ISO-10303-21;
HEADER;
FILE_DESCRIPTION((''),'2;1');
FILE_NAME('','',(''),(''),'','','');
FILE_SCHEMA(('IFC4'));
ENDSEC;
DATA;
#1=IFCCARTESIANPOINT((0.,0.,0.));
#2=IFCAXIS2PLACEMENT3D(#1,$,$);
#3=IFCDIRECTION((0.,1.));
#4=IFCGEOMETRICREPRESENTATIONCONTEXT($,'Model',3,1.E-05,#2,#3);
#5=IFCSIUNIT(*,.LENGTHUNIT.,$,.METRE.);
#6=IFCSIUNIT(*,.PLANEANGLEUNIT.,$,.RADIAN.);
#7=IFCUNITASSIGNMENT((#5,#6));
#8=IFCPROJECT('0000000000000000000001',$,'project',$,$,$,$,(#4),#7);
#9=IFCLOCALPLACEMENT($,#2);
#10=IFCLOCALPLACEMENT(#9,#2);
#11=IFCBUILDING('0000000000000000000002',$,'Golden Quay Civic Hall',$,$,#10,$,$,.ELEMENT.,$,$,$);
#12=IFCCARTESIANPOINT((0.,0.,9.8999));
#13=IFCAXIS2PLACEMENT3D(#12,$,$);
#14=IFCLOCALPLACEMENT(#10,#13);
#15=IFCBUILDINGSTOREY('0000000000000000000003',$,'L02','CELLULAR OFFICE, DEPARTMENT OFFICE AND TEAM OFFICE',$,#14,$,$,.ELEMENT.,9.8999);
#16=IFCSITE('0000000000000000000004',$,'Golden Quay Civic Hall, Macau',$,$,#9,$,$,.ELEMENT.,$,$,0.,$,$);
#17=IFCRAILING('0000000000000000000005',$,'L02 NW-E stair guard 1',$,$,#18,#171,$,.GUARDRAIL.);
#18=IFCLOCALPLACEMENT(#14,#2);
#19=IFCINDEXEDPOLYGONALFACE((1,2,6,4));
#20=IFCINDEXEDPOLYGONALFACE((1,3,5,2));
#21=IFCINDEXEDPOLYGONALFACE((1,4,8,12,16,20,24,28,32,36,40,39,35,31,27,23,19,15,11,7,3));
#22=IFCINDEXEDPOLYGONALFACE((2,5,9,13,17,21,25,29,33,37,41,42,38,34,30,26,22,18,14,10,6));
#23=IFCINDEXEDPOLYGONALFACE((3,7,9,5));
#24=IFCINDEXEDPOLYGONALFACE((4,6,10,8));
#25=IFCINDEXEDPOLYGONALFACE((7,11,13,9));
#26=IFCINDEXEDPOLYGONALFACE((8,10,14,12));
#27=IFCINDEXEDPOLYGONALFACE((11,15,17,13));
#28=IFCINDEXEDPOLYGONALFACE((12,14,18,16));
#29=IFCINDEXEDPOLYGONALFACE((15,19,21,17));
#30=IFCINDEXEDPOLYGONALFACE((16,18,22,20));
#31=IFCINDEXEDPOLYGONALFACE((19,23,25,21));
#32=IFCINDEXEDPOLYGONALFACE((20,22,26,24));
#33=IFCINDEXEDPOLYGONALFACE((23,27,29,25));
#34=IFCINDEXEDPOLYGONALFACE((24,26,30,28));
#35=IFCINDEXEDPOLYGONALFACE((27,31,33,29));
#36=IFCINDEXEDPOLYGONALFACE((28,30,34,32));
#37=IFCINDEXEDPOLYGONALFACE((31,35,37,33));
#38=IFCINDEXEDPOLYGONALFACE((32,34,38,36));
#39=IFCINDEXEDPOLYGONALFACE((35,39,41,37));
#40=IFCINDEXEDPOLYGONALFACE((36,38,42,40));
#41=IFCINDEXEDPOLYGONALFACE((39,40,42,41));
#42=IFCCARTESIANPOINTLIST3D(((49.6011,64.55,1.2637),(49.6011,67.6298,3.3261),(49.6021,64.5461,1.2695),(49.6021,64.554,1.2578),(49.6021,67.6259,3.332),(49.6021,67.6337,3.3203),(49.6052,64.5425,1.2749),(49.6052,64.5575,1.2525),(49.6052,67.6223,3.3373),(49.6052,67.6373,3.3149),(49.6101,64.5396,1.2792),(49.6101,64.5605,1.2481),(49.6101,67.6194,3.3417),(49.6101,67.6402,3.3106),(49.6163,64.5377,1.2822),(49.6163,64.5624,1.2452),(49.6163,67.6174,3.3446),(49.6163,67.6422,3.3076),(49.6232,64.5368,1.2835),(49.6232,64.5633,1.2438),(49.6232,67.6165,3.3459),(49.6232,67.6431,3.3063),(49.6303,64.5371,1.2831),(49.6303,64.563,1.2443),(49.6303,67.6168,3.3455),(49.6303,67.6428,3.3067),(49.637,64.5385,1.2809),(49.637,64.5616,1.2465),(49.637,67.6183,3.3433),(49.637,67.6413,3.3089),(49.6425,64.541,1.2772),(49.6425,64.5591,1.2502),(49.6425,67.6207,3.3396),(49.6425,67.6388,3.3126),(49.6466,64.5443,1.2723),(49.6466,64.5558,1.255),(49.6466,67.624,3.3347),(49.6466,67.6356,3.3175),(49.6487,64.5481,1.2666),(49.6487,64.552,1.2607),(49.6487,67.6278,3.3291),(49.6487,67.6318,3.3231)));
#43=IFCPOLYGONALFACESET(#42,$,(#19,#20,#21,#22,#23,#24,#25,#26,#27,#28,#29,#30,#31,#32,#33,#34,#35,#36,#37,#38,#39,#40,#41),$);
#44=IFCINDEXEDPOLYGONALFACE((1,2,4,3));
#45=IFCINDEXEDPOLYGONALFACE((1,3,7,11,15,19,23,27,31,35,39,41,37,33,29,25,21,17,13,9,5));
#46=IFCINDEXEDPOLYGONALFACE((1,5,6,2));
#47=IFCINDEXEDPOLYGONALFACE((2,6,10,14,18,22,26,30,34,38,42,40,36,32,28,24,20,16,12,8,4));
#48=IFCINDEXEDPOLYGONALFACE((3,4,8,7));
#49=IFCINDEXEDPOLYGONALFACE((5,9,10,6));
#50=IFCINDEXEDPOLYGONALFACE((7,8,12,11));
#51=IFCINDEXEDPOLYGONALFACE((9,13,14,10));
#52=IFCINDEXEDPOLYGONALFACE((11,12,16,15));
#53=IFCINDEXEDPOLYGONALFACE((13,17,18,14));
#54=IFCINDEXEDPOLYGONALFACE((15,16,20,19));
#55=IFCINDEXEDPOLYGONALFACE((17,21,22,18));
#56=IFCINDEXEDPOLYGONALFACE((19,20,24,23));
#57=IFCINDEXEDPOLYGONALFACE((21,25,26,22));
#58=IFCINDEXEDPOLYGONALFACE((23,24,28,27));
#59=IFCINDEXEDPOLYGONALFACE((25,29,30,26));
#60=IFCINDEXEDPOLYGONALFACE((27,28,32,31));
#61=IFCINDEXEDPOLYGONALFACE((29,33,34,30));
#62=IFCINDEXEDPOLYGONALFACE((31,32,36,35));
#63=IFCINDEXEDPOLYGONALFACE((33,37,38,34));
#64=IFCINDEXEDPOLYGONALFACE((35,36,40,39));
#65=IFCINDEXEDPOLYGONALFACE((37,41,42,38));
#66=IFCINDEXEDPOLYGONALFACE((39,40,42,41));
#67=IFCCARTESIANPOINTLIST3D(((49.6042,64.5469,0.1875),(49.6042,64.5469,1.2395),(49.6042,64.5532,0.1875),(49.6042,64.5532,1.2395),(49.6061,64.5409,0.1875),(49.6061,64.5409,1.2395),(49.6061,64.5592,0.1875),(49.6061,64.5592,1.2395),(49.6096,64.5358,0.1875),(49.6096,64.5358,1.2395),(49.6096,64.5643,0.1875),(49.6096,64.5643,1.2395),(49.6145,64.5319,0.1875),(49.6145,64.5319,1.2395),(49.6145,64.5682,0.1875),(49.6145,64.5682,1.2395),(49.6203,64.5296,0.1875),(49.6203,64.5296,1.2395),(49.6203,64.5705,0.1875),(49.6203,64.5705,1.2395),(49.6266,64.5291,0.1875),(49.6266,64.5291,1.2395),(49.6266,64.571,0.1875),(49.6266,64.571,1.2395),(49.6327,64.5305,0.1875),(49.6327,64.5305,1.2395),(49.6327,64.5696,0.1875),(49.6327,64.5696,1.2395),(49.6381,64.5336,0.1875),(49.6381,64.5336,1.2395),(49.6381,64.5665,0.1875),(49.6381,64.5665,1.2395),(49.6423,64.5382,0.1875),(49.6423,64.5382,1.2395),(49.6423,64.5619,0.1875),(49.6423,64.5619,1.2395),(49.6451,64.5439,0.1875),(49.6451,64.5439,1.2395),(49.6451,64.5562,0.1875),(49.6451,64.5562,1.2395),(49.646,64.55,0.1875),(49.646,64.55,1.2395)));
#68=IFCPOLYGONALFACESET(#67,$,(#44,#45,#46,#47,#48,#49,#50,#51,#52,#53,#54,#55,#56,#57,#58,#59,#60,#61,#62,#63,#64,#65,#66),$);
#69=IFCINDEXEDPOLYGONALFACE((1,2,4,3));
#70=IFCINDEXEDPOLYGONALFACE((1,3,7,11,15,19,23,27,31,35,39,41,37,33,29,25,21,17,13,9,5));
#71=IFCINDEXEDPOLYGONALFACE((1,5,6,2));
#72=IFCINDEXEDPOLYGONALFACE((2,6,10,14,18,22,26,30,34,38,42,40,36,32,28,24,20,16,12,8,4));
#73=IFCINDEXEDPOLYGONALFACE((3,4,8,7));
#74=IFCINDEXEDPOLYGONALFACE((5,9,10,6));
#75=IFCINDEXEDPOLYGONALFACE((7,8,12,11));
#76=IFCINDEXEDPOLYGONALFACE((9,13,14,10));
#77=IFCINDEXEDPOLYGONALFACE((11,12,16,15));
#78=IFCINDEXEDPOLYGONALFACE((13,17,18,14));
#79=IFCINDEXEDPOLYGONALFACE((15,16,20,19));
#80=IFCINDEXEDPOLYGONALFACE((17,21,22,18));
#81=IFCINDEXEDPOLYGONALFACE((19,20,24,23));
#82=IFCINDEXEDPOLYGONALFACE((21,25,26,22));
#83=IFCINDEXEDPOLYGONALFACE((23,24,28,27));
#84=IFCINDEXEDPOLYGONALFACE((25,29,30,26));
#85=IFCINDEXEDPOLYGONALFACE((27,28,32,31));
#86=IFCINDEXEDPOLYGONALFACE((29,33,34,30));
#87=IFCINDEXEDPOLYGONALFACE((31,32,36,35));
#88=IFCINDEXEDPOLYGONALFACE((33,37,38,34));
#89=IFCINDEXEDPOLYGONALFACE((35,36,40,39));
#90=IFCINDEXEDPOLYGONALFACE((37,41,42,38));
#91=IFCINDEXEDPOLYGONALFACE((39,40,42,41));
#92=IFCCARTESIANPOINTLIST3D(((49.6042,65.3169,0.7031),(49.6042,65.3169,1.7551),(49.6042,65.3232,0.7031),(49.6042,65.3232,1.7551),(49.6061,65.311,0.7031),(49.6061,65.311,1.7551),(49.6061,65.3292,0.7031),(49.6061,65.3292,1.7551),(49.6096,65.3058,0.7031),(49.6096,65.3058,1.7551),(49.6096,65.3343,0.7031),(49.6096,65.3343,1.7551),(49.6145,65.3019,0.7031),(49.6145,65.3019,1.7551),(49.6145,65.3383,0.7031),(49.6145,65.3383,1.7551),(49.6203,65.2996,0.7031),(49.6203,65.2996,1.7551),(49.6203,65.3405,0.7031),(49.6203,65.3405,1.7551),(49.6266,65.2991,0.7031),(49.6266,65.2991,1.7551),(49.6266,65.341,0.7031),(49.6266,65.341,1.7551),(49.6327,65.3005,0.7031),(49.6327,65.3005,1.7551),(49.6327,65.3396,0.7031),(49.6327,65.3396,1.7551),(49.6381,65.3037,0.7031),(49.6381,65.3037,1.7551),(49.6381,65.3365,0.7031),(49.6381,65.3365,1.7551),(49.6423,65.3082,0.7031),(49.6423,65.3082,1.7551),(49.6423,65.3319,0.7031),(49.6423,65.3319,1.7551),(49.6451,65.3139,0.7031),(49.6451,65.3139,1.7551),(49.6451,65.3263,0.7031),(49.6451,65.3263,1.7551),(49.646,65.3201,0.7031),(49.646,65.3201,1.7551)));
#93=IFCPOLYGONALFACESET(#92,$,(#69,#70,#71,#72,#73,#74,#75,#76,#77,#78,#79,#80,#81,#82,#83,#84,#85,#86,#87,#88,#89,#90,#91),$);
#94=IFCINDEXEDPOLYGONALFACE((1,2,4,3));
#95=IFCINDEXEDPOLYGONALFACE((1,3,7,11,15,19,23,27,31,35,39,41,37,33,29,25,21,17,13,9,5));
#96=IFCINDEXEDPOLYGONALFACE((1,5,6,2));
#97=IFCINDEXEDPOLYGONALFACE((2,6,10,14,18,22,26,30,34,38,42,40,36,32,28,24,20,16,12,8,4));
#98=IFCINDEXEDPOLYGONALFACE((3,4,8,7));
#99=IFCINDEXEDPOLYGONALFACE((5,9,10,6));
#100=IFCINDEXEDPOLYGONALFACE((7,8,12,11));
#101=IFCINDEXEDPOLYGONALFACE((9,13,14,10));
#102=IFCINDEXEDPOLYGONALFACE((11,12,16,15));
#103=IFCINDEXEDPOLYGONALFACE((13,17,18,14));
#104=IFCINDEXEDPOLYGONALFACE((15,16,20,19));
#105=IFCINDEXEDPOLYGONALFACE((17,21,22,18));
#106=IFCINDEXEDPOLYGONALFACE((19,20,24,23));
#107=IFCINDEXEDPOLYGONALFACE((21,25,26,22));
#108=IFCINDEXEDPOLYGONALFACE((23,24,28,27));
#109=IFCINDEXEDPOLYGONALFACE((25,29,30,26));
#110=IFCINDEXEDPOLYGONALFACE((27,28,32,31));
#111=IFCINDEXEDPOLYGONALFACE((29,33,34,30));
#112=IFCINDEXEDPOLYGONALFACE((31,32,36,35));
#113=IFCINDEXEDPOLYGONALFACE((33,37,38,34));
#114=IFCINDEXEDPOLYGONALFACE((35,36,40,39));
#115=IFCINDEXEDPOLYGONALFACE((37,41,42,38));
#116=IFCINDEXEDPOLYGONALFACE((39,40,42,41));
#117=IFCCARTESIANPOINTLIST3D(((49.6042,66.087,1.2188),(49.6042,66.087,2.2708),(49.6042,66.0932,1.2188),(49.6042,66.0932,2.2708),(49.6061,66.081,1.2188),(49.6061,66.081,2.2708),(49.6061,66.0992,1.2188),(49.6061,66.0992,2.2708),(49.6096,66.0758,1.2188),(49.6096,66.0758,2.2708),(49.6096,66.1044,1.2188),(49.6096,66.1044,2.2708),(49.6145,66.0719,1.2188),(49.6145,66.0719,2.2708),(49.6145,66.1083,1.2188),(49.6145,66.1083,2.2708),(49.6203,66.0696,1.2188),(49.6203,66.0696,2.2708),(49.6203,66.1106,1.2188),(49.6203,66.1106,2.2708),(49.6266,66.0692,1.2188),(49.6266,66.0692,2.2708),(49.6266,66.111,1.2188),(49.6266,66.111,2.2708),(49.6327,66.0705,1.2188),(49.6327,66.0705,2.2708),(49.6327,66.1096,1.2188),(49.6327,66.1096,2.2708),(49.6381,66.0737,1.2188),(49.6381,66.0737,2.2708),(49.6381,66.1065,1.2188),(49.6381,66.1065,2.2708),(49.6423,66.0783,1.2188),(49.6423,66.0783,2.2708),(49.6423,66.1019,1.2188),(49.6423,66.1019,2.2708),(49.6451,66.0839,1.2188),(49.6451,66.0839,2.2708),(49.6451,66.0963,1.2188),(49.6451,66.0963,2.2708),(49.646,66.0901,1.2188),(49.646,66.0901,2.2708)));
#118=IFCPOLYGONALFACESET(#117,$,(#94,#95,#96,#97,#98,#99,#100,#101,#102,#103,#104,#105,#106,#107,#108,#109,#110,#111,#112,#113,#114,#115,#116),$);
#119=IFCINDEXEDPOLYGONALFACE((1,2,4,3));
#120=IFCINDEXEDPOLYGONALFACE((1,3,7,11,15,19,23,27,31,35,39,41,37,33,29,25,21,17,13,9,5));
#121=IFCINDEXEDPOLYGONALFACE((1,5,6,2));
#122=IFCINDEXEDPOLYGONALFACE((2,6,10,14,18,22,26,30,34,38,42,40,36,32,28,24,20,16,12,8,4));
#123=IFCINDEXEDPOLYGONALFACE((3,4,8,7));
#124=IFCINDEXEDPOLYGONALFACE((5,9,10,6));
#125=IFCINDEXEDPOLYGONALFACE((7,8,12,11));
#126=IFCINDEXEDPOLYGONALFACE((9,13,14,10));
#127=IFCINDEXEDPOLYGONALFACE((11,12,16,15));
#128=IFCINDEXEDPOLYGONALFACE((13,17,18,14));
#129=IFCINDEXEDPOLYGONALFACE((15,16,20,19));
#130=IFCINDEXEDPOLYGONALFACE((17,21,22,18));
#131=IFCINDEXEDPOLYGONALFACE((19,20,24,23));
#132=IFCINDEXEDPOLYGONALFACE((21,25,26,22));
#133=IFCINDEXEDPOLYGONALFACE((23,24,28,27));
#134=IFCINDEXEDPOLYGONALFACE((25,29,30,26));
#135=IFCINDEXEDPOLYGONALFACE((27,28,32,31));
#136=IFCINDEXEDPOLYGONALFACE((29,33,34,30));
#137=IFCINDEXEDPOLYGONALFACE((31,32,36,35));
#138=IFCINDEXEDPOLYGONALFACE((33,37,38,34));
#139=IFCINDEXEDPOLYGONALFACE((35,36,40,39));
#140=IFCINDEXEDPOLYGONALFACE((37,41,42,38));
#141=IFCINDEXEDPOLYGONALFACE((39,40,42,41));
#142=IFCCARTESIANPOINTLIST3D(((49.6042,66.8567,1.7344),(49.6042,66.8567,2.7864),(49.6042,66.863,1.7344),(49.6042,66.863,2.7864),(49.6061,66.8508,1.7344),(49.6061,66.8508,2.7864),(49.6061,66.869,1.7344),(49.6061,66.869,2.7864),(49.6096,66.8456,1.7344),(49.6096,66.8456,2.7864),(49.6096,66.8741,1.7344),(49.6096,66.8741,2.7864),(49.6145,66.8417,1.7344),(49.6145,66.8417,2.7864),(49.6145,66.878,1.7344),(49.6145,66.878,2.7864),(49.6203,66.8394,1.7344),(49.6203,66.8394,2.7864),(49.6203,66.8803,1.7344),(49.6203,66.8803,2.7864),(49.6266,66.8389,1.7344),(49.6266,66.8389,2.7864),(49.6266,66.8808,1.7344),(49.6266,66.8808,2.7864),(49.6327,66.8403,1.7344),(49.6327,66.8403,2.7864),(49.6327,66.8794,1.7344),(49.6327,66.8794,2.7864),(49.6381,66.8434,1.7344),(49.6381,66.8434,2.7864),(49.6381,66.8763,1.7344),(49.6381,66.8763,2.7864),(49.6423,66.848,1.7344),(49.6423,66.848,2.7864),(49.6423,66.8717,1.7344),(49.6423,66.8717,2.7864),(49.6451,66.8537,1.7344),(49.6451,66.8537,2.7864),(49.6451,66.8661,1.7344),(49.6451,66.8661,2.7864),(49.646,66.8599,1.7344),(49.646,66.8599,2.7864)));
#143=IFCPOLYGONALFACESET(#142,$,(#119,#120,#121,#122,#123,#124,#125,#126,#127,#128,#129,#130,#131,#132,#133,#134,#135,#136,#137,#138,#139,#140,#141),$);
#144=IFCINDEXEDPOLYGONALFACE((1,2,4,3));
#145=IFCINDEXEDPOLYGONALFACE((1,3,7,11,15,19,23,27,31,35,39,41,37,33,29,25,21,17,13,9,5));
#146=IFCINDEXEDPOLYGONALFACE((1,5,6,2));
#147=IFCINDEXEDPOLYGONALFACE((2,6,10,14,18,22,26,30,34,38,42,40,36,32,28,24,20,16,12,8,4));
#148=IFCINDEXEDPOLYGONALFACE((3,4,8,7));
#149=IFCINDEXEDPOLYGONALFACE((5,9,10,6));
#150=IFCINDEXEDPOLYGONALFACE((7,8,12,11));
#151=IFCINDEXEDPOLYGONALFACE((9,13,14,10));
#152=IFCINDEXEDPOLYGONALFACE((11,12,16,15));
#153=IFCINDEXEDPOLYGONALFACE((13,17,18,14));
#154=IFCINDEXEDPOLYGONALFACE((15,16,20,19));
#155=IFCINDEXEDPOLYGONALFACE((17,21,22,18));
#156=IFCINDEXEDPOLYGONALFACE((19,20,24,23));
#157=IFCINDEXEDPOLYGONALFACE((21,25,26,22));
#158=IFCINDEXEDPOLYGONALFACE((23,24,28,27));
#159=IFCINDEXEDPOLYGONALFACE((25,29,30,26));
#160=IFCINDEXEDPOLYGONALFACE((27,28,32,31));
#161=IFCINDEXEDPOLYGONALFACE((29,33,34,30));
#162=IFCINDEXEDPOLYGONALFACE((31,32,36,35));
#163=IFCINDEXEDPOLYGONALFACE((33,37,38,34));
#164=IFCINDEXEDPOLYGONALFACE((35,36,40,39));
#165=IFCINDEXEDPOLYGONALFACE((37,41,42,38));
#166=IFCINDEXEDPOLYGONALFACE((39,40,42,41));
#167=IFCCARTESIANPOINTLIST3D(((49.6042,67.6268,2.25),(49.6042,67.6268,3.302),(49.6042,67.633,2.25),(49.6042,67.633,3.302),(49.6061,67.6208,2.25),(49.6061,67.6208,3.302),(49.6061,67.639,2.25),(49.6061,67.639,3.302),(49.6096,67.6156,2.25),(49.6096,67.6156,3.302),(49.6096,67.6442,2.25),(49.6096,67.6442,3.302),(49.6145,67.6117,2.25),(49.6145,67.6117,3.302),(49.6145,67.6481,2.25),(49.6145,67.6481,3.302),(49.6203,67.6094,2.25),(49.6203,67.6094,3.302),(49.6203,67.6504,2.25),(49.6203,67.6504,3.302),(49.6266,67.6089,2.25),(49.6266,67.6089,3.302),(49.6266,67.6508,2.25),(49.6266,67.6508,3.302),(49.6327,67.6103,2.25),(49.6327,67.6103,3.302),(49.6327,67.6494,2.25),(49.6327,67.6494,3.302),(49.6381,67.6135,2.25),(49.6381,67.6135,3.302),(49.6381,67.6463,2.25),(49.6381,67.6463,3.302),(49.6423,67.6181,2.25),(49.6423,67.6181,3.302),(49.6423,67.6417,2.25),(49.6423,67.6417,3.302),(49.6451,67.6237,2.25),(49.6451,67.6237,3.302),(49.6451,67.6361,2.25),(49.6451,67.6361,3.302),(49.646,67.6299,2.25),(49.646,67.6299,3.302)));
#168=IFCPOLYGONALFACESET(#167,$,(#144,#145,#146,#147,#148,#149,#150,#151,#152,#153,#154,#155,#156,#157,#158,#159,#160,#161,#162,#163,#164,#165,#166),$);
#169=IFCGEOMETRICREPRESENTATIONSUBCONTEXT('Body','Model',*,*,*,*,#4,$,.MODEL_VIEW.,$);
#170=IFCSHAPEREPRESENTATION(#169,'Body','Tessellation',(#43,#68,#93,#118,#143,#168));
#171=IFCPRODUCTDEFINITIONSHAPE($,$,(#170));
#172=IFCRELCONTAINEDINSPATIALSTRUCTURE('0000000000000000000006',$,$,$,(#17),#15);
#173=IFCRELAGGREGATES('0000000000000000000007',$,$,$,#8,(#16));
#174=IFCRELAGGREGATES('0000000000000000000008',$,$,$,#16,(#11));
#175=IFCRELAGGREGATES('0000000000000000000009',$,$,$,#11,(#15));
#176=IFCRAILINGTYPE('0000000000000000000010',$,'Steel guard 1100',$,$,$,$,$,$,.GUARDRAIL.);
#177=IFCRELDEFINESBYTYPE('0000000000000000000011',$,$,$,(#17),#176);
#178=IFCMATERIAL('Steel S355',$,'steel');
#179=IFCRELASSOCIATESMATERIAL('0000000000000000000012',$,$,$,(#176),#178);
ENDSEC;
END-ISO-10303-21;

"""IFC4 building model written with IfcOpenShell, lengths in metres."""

from ifc_helpers import new_model, si_unit, direction, frame, origin, origin_2d, place, context, subcontext, project, spatial, circle, extrude, material, type_object, element, save


model = new_model("IFC4")

# Units and contexts
model_context = context("Model", 3, precision=1e-05, world=origin(), true_north=direction((0.0, 1.0)))
body_context = subcontext(model_context, "Body", "Model", "MODEL_VIEW")
ifc_project = project(units=[si_unit("LENGTHUNIT", "METRE"), si_unit("PLANEANGLEUNIT", "RADIAN")], contexts=[model_context])

# Site, building, storey
site_placement = place(None, origin())
site = spatial("IfcSite", under=ifc_project, at=site_placement, Name="Golden Quay Civic Hall, Macau", CompositionType="ELEMENT", RefElevation=0.0)
building_placement = place(site_placement, origin())
building = spatial("IfcBuilding", under=site, at=building_placement, Name="Golden Quay Civic Hall", CompositionType="ELEMENT")
storey_placement = place(building_placement, frame((0.0, 0.0, 9.8999)))
storey = spatial("IfcBuildingStorey", under=building, at=storey_placement, Name="L02", Description="CELLULAR OFFICE, DEPARTMENT OFFICE AND TEAM OFFICE", CompositionType="ELEMENT", Elevation=9.8999)

# Railing
ifc_material_1 = material(Name="Steel S355", Category="steel")
railing_type = type_object("IfcRailingType", Name="Steel guard 1100", PredefinedType="GUARDRAIL", material=ifc_material_1)
railing_1_placement = place(storey_placement, frame((49.625, 64.55, 0.1875)))
element("IfcRailing", 1, at=railing_1_placement, inside=storey, type_object=railing_type, Name="L02 NW-E stair guard 1", PredefinedType="GUARDRAIL", context=body_context, shape_type="SweptSolid", body=[
    extrude(circle(Radius=0.0239, at=origin_2d()), frame((0.0, 0.0, 1.0762), z_axis=(0.0, 0.830893, 0.556432), x_axis=(-1.0, 0.0, 0.0)), (0.0, 0.0, 1.0), 3.7065),
    extrude(circle(Radius=0.021, at=origin_2d()), origin(), (0.0, 0.0, 1.0), 1.052),
    extrude(circle(Radius=0.021, at=origin_2d()), frame((0.0, 0.77, 0.5156)), (0.0, 0.0, 1.0), 1.052),
    extrude(circle(Radius=0.021, at=origin_2d()), frame((0.0, 1.54, 1.0312)), (0.0, 0.0, 1.0), 1.052),
    extrude(circle(Radius=0.021, at=origin_2d()), frame((0.0, 2.3098, 1.5469)), (0.0, 0.0, 1.0), 1.052),
    extrude(circle(Radius=0.021, at=origin_2d()), frame((0.0, 3.0798, 2.0625)), (0.0, 0.0, 1.0), 1.052),
])

save(model, "model.ifc")
